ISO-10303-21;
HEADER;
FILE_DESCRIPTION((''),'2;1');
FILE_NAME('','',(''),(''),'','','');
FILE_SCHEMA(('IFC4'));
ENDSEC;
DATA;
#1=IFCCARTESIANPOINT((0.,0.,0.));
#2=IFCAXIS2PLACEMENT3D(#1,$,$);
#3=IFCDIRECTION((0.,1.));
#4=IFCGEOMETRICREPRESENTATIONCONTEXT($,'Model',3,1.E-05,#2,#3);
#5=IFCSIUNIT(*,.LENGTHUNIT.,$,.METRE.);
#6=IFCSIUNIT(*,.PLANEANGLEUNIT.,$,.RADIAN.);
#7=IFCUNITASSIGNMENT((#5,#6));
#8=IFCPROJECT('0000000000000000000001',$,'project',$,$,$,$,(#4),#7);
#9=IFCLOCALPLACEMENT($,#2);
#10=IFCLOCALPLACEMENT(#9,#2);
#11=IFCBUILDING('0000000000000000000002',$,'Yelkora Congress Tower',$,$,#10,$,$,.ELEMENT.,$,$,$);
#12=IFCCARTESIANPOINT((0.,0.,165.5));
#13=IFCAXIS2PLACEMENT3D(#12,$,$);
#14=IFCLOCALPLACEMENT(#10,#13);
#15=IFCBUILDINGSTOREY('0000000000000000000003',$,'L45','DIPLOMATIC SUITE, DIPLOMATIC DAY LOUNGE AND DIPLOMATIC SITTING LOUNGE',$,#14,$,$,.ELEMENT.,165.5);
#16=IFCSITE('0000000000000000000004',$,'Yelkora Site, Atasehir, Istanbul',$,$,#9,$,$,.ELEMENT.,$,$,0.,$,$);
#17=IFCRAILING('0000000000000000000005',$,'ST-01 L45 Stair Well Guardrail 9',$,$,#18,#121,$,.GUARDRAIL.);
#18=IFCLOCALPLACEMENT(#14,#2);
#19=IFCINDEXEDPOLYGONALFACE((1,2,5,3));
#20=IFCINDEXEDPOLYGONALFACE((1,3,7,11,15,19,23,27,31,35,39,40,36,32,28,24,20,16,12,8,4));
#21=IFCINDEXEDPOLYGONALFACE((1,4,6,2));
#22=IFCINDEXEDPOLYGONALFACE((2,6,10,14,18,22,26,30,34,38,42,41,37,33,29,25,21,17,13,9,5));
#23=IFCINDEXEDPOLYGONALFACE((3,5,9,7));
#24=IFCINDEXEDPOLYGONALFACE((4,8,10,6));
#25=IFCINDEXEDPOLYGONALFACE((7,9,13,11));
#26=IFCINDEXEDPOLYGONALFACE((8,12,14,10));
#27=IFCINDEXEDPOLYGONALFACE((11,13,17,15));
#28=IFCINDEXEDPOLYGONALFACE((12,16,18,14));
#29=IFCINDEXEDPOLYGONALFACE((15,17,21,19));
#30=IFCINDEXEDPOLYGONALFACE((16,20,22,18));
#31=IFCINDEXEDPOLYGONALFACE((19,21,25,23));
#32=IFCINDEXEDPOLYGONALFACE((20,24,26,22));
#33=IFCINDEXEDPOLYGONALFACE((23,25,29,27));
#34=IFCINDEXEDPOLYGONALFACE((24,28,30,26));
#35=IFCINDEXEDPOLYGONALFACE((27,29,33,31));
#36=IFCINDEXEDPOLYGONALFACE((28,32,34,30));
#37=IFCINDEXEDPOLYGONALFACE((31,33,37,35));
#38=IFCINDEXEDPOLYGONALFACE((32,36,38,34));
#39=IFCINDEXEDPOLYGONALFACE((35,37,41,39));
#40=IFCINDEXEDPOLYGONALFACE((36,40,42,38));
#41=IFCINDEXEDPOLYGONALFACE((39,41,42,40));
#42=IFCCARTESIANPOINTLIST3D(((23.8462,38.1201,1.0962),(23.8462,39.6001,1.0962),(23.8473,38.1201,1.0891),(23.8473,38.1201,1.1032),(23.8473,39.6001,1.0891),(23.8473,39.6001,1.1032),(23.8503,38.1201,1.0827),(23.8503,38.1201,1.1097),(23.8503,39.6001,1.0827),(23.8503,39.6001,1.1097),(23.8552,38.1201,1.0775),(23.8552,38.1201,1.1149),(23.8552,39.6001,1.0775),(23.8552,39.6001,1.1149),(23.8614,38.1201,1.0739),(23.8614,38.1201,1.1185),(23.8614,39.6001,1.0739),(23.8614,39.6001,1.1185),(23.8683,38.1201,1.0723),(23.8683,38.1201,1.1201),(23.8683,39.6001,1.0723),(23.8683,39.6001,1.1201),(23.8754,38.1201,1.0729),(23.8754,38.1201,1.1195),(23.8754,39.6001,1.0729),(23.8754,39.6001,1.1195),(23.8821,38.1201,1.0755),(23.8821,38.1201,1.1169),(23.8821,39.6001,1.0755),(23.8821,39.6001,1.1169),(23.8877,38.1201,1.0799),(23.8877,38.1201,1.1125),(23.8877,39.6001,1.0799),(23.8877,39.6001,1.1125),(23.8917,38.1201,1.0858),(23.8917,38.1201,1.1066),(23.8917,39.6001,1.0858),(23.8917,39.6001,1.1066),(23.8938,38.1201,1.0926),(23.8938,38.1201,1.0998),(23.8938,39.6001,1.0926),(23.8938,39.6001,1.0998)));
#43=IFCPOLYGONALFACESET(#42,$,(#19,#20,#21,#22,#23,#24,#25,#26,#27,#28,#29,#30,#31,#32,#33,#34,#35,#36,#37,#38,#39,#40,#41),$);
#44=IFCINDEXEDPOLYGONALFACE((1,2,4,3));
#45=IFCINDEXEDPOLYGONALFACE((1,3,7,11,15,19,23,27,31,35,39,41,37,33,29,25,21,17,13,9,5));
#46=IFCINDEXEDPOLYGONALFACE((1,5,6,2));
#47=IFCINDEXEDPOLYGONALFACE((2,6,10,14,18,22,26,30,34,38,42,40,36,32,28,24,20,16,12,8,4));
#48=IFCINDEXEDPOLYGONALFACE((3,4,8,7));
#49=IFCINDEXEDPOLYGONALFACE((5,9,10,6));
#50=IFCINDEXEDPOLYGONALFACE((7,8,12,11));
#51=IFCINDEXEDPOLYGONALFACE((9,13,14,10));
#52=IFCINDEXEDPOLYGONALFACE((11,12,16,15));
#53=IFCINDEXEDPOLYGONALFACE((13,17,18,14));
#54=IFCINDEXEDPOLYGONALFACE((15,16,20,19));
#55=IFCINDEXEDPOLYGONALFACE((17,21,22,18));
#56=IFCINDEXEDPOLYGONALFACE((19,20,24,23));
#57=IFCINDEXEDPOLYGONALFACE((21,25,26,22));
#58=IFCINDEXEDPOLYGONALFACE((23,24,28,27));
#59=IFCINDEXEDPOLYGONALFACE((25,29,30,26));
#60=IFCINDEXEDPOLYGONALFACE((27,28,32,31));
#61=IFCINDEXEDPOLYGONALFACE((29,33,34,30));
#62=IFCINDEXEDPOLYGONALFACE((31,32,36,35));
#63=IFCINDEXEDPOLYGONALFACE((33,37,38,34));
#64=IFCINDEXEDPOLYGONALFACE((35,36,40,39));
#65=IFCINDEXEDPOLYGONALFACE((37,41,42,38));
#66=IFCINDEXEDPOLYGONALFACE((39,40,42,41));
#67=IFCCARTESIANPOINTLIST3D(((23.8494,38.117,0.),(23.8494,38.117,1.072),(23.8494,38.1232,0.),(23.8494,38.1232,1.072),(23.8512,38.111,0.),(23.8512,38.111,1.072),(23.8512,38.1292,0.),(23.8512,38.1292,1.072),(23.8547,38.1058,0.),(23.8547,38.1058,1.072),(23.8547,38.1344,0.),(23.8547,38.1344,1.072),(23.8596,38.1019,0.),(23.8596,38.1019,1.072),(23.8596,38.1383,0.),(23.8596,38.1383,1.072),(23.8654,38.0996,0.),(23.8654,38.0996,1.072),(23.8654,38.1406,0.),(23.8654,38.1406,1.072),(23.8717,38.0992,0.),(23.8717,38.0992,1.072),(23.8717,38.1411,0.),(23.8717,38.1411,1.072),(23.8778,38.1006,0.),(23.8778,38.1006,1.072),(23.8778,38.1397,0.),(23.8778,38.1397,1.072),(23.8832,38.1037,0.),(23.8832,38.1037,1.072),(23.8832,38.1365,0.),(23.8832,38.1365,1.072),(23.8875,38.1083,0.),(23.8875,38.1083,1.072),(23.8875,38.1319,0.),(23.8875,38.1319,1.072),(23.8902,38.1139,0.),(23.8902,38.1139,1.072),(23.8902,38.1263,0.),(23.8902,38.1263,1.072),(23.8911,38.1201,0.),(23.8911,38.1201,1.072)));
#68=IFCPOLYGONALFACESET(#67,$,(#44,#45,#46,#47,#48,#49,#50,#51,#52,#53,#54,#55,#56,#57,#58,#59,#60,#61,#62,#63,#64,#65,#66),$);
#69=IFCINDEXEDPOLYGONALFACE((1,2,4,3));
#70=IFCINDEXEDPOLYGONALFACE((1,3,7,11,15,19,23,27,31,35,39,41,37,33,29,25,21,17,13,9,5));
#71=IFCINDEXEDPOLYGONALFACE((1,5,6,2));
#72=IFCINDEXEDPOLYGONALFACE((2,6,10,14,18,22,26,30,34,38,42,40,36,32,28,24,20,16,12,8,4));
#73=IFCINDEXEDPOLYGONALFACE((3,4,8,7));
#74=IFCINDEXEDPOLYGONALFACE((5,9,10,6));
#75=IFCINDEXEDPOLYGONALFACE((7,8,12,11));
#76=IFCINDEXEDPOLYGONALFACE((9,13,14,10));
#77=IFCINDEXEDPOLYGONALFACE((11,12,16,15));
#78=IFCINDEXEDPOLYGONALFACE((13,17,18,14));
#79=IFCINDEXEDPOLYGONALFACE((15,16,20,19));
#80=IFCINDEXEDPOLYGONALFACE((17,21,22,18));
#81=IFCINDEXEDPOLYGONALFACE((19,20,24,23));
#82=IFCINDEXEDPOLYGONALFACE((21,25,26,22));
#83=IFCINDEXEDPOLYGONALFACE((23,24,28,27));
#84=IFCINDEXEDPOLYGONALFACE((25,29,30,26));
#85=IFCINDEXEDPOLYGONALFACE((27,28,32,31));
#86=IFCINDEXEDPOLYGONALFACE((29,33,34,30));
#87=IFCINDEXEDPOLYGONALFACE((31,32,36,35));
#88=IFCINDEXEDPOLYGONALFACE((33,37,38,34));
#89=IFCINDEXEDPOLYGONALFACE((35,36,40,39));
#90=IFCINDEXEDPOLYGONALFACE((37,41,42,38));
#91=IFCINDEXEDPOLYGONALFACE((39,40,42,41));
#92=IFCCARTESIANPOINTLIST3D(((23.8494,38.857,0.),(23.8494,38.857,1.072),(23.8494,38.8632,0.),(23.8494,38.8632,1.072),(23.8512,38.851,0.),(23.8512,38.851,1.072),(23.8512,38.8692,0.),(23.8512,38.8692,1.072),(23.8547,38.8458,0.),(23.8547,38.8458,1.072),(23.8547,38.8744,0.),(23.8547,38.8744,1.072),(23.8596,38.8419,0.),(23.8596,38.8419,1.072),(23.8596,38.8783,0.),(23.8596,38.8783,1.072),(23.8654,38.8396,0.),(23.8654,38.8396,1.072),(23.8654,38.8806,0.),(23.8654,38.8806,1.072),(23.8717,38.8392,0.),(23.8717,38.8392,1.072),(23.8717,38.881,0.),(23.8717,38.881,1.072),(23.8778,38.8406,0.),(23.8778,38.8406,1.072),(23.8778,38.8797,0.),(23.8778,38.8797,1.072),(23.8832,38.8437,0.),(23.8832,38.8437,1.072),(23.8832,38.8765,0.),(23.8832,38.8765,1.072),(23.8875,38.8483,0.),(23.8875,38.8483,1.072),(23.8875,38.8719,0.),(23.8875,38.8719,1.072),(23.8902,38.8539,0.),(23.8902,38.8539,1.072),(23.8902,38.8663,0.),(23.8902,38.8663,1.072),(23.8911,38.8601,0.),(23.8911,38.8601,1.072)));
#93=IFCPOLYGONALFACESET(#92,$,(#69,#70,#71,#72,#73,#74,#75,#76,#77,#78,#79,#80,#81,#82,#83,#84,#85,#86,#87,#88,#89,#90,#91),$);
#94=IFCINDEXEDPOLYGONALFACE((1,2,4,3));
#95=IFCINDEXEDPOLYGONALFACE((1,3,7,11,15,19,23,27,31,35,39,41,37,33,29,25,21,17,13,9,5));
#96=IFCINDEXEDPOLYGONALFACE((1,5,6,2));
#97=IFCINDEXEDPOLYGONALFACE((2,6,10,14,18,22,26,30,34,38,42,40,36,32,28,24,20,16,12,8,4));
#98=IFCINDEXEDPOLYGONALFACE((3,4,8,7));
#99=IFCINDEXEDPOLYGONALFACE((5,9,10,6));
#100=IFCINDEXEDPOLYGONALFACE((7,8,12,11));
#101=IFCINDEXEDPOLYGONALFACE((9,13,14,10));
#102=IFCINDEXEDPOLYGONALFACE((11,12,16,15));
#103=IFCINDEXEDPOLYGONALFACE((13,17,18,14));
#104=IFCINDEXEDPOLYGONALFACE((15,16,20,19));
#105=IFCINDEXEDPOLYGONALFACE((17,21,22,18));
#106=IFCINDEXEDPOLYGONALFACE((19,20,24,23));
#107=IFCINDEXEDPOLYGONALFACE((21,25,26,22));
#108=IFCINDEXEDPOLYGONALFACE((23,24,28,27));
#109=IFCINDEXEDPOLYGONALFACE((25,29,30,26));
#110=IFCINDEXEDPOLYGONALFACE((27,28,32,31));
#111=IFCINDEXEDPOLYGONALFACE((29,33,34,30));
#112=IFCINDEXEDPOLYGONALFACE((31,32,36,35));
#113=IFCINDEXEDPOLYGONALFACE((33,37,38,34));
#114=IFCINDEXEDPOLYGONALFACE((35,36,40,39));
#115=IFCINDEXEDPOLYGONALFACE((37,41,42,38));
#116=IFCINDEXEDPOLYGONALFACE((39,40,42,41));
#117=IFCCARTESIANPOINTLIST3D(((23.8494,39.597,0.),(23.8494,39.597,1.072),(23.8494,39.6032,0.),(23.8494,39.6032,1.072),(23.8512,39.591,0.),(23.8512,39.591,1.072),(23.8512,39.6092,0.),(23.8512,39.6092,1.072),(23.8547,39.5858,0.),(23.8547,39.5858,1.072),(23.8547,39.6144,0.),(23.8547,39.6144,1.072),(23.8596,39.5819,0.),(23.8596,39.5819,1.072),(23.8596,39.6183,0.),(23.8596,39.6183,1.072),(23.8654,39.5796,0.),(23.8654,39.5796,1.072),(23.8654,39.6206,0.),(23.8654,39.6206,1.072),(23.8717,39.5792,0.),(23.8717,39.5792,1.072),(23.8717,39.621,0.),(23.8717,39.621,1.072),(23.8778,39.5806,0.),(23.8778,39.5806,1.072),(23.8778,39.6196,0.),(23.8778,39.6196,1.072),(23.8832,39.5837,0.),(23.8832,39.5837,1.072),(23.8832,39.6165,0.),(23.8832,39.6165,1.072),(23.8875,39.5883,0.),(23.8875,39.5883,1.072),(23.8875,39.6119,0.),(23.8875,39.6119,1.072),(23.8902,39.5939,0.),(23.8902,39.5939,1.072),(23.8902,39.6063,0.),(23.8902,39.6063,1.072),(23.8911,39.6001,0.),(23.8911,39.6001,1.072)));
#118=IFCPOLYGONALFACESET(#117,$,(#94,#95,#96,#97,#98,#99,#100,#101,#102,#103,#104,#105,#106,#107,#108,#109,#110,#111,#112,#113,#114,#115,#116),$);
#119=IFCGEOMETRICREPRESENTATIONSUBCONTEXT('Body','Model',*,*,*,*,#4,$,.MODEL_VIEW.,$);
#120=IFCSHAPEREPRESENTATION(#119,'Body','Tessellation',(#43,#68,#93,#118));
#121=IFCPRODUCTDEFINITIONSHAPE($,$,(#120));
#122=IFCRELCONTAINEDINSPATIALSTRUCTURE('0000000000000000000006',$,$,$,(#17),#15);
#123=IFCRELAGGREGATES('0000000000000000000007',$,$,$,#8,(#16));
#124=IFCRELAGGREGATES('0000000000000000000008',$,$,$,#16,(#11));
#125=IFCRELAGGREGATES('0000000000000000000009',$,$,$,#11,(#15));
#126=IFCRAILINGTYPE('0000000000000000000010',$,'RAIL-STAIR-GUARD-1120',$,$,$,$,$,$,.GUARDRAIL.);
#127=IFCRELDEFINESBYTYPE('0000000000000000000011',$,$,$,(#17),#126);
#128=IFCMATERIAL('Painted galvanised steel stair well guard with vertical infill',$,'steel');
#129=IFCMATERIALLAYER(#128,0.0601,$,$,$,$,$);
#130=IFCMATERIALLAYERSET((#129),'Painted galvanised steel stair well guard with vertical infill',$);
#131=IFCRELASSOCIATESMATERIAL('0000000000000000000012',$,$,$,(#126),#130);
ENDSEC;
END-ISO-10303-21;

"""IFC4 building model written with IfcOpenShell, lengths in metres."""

from ifc_helpers import new_model, si_unit, direction, frame, origin, origin_2d, place, context, subcontext, project, spatial, circle, extrude, material, layer, layer_set, type_object, element, save


model = new_model("IFC4")

# Units and contexts
model_context = context("Model", 3, precision=1e-05, world=origin(), true_north=direction((0.0, 1.0)))
body_context = subcontext(model_context, "Body", "Model", "MODEL_VIEW")
ifc_project = project(units=[si_unit("LENGTHUNIT", "METRE"), si_unit("PLANEANGLEUNIT", "RADIAN")], contexts=[model_context])

# Site, building, storey
site_placement = place(None, origin())
site = spatial("IfcSite", under=ifc_project, at=site_placement, Name="Yelkora Site, Atasehir, Istanbul", CompositionType="ELEMENT", RefElevation=0.0)
building_placement = place(site_placement, origin())
building = spatial("IfcBuilding", under=site, at=building_placement, Name="Yelkora Congress Tower", CompositionType="ELEMENT")
storey_placement = place(building_placement, frame((0.0, 0.0, 165.5)))
storey = spatial("IfcBuildingStorey", under=building, at=storey_placement, Name="L45", Description="DIPLOMATIC SUITE, DIPLOMATIC DAY LOUNGE AND DIPLOMATIC SITTING LOUNGE", CompositionType="ELEMENT", Elevation=165.5)

# Railing
ifc_material_1 = material(Name="Painted galvanised steel stair well guard with vertical infill", Category="steel")
ifc_layer_1 = layer(ifc_material_1, 0.0601)
ifc_layer_set_1 = layer_set([ifc_layer_1], Name="Painted galvanised steel stair well guard with vertical infill")
railing_type_1 = type_object("IfcRailingType", Name="RAIL-STAIR-GUARD-1120", PredefinedType="GUARDRAIL", material=ifc_layer_set_1)
for number, where, name in (
    (1, (23.8701, 38.1201, 0.0), "ST-01 L45 Stair Well Guardrail 9"),
):
    element("IfcRailing", number, at=place(storey_placement, frame(where)), inside=storey, type_object=railing_type_1, Name=name, PredefinedType="GUARDRAIL", context=body_context, shape_type="SweptSolid", body=[
        extrude(circle(Radius=0.0239, at=origin_2d()), frame((0.0, 0.0, 1.0962), z_axis=(0.0, 1.0, 0.0), x_axis=(-1.0, 0.0, 0.0)), (0.0, 0.0, 1.0), 1.48),
        extrude(circle(Radius=0.021, at=origin_2d()), origin(), (0.0, 0.0, 1.0), 1.072),
        extrude(circle(Radius=0.021, at=origin_2d()), frame((0.0, 0.74, 0.0)), (0.0, 0.0, 1.0), 1.072),
        extrude(circle(Radius=0.021, at=origin_2d()), frame((0.0, 1.48, 0.0)), (0.0, 0.0, 1.0), 1.072),
    ])

save(model, "model.ifc")
